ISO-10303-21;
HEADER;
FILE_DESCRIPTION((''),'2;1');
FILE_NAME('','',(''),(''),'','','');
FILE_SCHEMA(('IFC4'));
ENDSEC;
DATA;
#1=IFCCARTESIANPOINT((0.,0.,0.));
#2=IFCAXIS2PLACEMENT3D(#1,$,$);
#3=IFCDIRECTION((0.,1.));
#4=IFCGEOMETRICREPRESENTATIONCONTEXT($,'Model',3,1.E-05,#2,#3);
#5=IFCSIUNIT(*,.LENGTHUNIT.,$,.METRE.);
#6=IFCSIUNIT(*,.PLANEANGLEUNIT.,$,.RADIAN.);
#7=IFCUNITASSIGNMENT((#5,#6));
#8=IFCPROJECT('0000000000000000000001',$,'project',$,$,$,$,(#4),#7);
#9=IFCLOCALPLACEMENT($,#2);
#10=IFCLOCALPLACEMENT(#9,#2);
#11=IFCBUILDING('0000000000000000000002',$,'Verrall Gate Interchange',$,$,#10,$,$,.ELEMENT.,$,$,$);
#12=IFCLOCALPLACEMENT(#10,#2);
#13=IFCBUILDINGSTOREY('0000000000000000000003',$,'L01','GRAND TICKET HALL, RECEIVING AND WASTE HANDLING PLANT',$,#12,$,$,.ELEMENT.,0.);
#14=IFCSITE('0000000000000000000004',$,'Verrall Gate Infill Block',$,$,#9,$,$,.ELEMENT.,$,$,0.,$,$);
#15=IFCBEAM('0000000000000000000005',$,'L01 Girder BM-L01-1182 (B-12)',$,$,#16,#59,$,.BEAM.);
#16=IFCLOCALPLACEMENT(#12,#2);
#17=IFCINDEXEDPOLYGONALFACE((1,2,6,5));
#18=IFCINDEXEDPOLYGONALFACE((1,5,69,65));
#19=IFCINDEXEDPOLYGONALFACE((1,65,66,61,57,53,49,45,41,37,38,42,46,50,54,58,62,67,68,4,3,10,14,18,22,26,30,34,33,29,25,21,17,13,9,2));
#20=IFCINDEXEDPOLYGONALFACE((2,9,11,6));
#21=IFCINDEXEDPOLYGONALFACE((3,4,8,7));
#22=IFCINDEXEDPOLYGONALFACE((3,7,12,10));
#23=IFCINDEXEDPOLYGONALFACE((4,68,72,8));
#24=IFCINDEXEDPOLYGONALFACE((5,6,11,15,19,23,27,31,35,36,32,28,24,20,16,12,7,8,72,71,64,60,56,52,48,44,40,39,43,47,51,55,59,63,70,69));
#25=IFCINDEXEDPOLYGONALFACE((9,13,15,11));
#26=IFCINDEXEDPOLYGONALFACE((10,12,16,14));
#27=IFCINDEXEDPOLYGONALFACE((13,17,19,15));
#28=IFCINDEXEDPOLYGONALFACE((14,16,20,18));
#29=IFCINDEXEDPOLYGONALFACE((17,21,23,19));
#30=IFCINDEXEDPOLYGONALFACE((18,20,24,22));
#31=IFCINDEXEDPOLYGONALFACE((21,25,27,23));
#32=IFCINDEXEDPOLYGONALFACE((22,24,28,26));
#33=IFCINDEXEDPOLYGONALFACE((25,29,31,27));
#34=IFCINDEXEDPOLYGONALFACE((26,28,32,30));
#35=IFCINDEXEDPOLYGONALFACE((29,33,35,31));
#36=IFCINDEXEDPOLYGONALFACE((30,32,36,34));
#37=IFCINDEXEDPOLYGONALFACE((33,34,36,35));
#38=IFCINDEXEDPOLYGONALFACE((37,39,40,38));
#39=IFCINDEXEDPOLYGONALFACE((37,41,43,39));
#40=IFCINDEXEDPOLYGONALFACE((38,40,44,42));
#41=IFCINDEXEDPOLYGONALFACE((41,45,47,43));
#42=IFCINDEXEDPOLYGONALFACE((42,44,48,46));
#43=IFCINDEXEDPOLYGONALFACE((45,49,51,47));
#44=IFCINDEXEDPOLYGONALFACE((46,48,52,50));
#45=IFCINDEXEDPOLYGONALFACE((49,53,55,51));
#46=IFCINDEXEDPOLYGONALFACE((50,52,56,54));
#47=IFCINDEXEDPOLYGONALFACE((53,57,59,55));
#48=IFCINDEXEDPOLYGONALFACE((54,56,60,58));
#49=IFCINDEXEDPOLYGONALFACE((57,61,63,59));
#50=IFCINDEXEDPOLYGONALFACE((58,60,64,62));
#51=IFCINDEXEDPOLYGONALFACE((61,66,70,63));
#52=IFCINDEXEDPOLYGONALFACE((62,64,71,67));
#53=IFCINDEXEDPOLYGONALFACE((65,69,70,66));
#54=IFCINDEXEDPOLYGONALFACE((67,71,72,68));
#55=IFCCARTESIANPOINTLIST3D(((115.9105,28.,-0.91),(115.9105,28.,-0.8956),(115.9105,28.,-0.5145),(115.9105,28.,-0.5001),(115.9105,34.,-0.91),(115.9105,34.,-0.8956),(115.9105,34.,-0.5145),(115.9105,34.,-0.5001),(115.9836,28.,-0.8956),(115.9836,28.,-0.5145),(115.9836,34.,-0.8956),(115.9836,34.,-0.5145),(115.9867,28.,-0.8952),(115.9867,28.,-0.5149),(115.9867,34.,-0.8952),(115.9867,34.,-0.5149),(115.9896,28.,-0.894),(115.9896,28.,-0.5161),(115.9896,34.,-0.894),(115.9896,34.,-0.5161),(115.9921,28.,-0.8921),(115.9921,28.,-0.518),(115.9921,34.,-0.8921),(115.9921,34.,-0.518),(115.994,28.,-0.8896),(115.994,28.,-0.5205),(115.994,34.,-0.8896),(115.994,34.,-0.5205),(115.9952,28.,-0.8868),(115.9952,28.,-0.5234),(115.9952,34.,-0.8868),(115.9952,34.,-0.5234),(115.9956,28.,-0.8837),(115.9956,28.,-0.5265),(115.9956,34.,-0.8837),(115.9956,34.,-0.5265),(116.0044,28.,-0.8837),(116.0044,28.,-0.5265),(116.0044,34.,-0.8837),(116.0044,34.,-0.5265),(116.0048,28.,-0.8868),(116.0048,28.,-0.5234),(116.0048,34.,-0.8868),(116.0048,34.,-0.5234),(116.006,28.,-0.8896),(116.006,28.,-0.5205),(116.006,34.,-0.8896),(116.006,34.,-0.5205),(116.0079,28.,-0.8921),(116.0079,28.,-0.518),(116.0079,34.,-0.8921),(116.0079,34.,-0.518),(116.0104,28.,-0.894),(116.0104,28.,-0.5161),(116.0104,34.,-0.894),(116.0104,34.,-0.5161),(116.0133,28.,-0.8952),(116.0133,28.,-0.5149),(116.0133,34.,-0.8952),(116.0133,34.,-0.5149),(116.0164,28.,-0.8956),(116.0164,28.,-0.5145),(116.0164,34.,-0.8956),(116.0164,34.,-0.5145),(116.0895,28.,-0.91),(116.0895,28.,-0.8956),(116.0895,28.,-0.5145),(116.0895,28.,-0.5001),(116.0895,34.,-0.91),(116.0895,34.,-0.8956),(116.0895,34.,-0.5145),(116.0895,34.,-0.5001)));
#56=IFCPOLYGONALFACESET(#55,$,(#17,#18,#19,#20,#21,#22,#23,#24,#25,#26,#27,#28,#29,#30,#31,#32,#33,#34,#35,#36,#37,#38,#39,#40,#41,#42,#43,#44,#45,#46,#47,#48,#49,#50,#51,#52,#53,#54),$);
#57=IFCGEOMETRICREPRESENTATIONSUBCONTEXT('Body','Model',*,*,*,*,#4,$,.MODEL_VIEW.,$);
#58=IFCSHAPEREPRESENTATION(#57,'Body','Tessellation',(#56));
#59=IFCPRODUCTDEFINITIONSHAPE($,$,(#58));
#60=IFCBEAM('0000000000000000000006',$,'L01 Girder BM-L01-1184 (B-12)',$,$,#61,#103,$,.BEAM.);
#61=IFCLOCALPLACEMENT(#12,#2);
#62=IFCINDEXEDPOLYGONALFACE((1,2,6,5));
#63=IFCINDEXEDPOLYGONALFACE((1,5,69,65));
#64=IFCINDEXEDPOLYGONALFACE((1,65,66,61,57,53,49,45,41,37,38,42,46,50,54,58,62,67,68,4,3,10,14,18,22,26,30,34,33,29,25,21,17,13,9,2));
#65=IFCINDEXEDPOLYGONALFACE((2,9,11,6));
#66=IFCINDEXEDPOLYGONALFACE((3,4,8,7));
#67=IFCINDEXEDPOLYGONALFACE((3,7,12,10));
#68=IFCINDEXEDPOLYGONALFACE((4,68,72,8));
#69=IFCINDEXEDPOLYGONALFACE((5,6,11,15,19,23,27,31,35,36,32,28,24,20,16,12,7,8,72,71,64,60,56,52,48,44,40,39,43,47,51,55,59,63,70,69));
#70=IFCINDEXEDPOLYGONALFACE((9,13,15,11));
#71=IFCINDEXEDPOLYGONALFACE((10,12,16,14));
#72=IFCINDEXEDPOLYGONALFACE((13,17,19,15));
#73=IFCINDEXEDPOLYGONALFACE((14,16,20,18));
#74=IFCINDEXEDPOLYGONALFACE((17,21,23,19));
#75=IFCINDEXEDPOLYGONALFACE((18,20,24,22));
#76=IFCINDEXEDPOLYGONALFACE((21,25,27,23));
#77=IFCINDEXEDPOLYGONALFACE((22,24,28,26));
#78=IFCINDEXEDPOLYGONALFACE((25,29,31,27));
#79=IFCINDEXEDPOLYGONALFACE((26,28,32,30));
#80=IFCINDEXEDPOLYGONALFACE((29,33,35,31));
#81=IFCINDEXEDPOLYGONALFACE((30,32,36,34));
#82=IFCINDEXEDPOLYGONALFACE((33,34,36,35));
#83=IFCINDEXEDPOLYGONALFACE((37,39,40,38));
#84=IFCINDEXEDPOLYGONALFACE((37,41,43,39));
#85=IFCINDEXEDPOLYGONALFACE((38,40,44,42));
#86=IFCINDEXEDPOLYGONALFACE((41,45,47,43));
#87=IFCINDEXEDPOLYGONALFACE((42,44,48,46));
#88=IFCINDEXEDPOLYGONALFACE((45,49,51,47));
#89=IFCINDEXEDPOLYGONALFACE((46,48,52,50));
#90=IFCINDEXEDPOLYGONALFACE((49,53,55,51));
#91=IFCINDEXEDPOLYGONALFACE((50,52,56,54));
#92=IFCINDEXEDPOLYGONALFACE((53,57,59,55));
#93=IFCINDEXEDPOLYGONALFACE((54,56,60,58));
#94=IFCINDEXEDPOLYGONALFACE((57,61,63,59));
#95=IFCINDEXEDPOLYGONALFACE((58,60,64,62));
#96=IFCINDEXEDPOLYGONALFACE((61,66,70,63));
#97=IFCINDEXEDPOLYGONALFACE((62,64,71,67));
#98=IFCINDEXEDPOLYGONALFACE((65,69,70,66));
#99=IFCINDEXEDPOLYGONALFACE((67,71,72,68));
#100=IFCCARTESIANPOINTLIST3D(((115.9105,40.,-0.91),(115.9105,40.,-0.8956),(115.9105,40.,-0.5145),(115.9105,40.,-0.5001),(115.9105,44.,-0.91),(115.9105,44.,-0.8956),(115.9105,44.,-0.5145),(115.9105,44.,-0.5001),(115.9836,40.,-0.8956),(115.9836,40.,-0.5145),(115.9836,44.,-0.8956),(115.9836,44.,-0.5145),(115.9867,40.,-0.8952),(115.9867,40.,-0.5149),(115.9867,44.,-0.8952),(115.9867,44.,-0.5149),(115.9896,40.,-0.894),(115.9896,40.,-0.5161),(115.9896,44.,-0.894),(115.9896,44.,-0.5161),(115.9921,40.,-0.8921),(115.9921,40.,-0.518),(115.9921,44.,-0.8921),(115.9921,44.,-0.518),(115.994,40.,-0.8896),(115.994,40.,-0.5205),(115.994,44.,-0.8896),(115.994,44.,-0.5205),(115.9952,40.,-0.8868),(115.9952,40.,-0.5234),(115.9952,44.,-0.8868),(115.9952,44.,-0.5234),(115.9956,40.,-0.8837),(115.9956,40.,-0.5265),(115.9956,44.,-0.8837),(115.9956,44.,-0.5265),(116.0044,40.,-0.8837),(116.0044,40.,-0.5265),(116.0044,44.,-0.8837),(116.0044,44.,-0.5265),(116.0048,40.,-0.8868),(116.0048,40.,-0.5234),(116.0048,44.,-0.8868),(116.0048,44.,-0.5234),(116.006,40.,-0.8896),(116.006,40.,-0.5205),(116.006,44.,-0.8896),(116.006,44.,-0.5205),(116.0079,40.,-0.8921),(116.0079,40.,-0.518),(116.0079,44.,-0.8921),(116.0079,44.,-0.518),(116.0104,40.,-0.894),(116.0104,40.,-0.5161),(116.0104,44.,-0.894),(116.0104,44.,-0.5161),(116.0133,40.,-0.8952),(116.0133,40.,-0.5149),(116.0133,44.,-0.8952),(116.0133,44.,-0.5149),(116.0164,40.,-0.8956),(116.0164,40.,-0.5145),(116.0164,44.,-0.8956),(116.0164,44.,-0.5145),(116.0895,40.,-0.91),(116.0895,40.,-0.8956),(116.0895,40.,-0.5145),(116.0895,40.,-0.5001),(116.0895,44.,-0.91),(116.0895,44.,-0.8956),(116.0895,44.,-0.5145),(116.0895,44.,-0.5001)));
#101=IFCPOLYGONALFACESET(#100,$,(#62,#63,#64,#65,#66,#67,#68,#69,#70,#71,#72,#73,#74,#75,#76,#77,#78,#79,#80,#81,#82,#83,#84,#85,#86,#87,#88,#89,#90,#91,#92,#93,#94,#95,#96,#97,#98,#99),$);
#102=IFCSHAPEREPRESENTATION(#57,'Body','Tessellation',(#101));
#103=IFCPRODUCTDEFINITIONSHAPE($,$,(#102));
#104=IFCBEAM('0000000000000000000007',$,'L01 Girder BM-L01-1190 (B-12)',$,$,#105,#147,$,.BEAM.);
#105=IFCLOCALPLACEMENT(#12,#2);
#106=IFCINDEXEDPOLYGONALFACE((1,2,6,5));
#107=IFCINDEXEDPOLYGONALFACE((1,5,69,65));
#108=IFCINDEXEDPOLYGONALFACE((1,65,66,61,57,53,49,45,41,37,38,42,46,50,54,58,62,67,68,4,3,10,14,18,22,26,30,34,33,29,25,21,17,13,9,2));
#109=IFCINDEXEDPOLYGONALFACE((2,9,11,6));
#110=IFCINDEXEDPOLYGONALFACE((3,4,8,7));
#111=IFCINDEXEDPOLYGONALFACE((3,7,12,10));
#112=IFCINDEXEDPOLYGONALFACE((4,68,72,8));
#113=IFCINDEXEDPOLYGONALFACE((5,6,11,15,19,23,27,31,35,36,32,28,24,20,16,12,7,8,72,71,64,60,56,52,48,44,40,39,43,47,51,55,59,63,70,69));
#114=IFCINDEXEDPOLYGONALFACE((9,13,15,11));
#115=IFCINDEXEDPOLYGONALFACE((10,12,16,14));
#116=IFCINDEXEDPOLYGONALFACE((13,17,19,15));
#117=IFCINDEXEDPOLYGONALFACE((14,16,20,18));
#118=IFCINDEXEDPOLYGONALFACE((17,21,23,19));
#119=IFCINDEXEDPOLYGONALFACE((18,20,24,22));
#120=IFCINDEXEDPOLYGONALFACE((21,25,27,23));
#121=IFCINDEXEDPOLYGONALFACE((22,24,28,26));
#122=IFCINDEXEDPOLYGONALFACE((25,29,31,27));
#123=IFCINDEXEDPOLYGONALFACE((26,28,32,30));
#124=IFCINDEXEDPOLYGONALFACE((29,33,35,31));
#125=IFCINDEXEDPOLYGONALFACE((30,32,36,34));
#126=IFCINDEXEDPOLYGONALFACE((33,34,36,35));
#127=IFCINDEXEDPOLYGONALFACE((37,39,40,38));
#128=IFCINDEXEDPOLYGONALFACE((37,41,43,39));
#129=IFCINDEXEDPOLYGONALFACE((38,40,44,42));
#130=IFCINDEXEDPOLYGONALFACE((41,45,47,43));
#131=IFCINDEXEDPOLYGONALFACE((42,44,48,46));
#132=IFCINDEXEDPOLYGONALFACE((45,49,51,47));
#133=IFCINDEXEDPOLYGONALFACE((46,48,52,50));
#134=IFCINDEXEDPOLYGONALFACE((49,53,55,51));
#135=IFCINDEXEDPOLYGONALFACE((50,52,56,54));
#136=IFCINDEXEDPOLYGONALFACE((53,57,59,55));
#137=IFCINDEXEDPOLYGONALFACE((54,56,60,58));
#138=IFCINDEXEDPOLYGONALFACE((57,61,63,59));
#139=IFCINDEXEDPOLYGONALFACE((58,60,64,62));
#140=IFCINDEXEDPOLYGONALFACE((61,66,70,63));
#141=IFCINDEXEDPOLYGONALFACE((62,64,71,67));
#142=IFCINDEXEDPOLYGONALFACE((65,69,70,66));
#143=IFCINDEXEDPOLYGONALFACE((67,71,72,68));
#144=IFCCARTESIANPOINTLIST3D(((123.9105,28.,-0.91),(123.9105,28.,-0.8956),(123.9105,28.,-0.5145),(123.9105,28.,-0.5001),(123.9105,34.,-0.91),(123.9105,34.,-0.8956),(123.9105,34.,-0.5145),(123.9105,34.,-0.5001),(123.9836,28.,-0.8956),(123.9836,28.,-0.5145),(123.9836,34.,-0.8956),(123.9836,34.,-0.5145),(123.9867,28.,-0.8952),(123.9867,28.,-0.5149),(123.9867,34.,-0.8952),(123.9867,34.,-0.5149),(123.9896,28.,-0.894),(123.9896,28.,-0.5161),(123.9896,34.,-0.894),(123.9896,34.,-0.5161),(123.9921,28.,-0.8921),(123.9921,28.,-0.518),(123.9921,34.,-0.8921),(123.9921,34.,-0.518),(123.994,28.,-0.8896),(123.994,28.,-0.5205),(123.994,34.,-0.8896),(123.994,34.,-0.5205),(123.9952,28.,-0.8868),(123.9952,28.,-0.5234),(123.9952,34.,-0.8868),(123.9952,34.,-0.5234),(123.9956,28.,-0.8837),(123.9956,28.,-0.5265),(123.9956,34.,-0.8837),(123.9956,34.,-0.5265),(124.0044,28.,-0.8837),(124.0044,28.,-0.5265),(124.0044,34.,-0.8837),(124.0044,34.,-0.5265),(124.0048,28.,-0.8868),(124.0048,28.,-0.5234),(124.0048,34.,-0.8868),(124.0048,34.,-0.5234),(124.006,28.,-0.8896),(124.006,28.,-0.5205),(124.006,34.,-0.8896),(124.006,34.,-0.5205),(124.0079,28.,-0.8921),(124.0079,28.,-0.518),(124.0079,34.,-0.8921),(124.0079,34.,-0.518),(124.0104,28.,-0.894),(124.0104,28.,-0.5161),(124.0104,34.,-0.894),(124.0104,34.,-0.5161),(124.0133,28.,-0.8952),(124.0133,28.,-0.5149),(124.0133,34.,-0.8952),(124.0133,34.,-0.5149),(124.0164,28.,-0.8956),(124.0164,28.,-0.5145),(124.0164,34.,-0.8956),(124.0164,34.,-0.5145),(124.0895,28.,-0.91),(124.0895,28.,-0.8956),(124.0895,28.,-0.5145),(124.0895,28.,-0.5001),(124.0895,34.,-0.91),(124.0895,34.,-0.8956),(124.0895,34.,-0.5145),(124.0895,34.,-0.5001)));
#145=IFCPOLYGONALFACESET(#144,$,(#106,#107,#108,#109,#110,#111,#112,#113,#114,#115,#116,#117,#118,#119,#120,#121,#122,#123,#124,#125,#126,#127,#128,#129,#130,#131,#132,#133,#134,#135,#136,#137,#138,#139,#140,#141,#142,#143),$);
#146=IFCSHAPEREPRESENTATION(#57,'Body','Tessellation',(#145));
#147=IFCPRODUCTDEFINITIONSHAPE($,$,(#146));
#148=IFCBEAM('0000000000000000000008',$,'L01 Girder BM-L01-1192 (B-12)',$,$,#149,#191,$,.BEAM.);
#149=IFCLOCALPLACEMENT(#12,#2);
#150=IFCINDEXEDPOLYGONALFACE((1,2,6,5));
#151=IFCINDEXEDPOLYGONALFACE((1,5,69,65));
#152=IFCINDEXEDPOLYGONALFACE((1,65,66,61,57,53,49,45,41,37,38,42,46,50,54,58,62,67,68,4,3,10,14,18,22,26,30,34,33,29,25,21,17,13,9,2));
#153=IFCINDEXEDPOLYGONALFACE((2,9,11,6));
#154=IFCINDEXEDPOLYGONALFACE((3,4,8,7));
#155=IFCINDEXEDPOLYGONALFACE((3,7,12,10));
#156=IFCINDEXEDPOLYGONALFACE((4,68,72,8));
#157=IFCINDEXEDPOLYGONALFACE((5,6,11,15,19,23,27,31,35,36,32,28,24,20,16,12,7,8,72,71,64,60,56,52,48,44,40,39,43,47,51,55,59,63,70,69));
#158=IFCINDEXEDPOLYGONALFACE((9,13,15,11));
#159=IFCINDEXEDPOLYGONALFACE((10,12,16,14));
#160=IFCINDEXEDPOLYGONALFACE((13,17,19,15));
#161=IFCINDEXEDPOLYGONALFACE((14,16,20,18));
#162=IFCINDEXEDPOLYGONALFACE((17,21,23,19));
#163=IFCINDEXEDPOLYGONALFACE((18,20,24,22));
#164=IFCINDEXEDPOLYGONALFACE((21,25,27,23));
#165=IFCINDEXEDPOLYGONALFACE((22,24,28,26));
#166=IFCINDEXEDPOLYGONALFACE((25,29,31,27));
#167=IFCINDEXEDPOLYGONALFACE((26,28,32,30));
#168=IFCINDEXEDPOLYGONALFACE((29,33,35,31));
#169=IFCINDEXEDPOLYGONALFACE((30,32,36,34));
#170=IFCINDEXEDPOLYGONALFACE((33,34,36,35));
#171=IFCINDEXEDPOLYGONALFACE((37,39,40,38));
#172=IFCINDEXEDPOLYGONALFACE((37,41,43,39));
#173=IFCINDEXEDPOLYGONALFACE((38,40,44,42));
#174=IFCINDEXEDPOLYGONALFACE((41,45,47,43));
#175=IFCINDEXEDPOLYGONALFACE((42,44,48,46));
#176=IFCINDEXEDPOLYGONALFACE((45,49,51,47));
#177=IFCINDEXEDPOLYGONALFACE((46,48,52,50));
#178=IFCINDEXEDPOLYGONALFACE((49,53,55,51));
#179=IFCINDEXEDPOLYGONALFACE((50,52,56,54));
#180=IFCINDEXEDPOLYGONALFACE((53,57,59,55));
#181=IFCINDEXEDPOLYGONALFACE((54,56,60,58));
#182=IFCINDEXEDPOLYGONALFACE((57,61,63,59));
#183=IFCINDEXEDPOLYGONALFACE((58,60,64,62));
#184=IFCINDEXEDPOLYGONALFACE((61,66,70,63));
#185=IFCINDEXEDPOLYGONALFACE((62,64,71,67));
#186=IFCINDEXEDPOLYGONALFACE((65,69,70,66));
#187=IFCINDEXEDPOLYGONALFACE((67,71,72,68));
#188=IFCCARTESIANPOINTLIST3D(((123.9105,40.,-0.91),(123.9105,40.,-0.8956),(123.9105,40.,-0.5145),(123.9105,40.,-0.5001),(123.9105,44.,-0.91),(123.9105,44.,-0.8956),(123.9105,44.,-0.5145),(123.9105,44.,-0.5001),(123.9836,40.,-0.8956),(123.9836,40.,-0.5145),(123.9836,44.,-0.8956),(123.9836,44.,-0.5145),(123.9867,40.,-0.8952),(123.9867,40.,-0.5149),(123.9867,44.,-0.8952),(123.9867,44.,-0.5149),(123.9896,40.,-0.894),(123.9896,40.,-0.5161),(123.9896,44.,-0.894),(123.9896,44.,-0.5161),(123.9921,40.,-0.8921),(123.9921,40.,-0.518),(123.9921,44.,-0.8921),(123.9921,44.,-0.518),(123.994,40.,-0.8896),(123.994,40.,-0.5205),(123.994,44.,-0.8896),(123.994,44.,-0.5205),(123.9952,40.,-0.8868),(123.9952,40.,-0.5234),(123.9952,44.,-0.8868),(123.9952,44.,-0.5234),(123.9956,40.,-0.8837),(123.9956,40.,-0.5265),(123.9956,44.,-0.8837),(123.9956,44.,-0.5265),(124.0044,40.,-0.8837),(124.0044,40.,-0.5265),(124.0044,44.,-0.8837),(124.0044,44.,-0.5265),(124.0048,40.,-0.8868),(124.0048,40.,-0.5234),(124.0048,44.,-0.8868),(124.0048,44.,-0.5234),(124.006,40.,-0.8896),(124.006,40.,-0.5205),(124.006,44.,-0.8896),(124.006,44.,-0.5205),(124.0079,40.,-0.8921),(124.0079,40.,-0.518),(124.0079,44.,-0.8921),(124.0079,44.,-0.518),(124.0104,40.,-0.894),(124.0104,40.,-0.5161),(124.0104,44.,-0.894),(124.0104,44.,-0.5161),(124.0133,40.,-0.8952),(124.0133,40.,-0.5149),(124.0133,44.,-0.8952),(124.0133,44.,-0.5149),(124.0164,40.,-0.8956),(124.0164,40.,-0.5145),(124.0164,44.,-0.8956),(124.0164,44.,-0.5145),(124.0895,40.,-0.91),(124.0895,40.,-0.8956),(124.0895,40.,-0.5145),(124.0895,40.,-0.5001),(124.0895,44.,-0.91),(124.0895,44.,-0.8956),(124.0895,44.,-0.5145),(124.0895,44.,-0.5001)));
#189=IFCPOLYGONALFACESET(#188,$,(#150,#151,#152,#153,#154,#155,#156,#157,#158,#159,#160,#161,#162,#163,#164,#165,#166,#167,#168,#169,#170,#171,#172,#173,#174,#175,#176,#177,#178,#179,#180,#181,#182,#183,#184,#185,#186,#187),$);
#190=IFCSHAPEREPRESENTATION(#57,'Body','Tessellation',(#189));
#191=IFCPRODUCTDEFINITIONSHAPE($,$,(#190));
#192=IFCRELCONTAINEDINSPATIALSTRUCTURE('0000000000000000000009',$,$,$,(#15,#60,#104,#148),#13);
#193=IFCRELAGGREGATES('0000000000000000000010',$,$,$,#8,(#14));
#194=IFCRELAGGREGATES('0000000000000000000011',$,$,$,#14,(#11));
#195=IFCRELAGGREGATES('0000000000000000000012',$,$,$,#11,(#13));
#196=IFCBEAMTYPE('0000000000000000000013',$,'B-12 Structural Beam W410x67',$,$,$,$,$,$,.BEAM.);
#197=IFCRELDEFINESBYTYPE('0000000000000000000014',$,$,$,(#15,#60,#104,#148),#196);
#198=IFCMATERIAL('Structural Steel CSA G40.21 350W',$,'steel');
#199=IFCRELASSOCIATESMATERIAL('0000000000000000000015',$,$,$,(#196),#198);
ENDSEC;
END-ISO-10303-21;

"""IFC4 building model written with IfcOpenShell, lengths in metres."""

from ifc_helpers import new_model, si_unit, direction, frame, origin, origin_2d, place, context, subcontext, project, spatial, i_section, extrude, material, material_profile, profile_set, type_object, element, save


model = new_model("IFC4")

# Units and contexts
model_context = context("Model", 3, precision=1e-05, world=origin(), true_north=direction((0.0, 1.0)))
body_context = subcontext(model_context, "Body", "Model", "MODEL_VIEW")
ifc_project = project(units=[si_unit("LENGTHUNIT", "METRE"), si_unit("PLANEANGLEUNIT", "RADIAN")], contexts=[model_context])

# Site, building, storey
site_placement = place(None, origin())
site = spatial("IfcSite", under=ifc_project, at=site_placement, Name="Verrall Gate Infill Block", CompositionType="ELEMENT", RefElevation=0.0)
building_placement = place(site_placement, origin())
building = spatial("IfcBuilding", under=site, at=building_placement, Name="Verrall Gate Interchange", CompositionType="ELEMENT")
storey_placement = place(building_placement, origin())
storey = spatial("IfcBuildingStorey", under=building, at=storey_placement, Name="L01", Description="GRAND TICKET HALL, RECEIVING AND WASTE HANDLING PLANT", CompositionType="ELEMENT", Elevation=0.0)

# Beams
ifc_material_1 = material(Name="Structural Steel CSA G40.21 350W", Category="steel")
ifc_material_profile_1 = material_profile(ifc_material_1, i_section(OverallWidth=0.179, OverallDepth=0.4099, WebThickness=0.0088, FlangeThickness=0.0144, FilletRadius=0.012, at=origin_2d()), Name="W410x67")
ifc_profile_set_1 = profile_set([ifc_material_profile_1], Name="Structural Steel CSA G40.21 350W")
beam_type_1 = type_object("IfcBeamType", Name="B-12 Structural Beam W410x67", PredefinedType="BEAM", material=ifc_profile_set_1)
beam_1_placement = place(storey_placement, frame((116.0, 28.0, -0.7051), z_axis=(0.0, 1.0, 0.0), x_axis=(-1.0, 0.0, 0.0)))
element("IfcBeam", 1, at=beam_1_placement, inside=storey, type_object=beam_type_1, Name="L01 Girder BM-L01-1182 (B-12)", PredefinedType="BEAM", context=body_context, shape_type="SweptSolid", body=[
    extrude(i_section(OverallWidth=0.179, OverallDepth=0.4099, WebThickness=0.0088, FlangeThickness=0.0144, FilletRadius=0.012, at=origin_2d()), origin(), (0.0, 0.0, 1.0), 6.0),
])
beam_2_placement = place(storey_placement, frame((116.0, 40.0, -0.7051), z_axis=(0.0, 1.0, 0.0), x_axis=(-1.0, 0.0, 0.0)))
element("IfcBeam", 2, at=beam_2_placement, inside=storey, type_object=beam_type_1, Name="L01 Girder BM-L01-1184 (B-12)", PredefinedType="BEAM", context=body_context, shape_type="SweptSolid", body=[
    extrude(i_section(OverallWidth=0.179, OverallDepth=0.4099, WebThickness=0.0088, FlangeThickness=0.0144, FilletRadius=0.012, at=origin_2d()), origin(), (0.0, 0.0, 1.0), 4.0),
])
beam_3_placement = place(storey_placement, frame((124.0, 28.0, -0.7051), z_axis=(0.0, 1.0, 0.0), x_axis=(-1.0, 0.0, 0.0)))
element("IfcBeam", 3, at=beam_3_placement, inside=storey, type_object=beam_type_1, Name="L01 Girder BM-L01-1190 (B-12)", PredefinedType="BEAM", context=body_context, shape_type="SweptSolid", body=[
    extrude(i_section(OverallWidth=0.179, OverallDepth=0.4099, WebThickness=0.0088, FlangeThickness=0.0144, FilletRadius=0.012, at=origin_2d()), origin(), (0.0, 0.0, 1.0), 6.0),
])
beam_4_placement = place(storey_placement, frame((124.0, 40.0, -0.7051), z_axis=(0.0, 1.0, 0.0), x_axis=(-1.0, 0.0, 0.0)))
element("IfcBeam", 4, at=beam_4_placement, inside=storey, type_object=beam_type_1, Name="L01 Girder BM-L01-1192 (B-12)", PredefinedType="BEAM", context=body_context, shape_type="SweptSolid", body=[
    extrude(i_section(OverallWidth=0.179, OverallDepth=0.4099, WebThickness=0.0088, FlangeThickness=0.0144, FilletRadius=0.012, at=origin_2d()), origin(), (0.0, 0.0, 1.0), 4.0),
])

save(model, "model.ifc")
